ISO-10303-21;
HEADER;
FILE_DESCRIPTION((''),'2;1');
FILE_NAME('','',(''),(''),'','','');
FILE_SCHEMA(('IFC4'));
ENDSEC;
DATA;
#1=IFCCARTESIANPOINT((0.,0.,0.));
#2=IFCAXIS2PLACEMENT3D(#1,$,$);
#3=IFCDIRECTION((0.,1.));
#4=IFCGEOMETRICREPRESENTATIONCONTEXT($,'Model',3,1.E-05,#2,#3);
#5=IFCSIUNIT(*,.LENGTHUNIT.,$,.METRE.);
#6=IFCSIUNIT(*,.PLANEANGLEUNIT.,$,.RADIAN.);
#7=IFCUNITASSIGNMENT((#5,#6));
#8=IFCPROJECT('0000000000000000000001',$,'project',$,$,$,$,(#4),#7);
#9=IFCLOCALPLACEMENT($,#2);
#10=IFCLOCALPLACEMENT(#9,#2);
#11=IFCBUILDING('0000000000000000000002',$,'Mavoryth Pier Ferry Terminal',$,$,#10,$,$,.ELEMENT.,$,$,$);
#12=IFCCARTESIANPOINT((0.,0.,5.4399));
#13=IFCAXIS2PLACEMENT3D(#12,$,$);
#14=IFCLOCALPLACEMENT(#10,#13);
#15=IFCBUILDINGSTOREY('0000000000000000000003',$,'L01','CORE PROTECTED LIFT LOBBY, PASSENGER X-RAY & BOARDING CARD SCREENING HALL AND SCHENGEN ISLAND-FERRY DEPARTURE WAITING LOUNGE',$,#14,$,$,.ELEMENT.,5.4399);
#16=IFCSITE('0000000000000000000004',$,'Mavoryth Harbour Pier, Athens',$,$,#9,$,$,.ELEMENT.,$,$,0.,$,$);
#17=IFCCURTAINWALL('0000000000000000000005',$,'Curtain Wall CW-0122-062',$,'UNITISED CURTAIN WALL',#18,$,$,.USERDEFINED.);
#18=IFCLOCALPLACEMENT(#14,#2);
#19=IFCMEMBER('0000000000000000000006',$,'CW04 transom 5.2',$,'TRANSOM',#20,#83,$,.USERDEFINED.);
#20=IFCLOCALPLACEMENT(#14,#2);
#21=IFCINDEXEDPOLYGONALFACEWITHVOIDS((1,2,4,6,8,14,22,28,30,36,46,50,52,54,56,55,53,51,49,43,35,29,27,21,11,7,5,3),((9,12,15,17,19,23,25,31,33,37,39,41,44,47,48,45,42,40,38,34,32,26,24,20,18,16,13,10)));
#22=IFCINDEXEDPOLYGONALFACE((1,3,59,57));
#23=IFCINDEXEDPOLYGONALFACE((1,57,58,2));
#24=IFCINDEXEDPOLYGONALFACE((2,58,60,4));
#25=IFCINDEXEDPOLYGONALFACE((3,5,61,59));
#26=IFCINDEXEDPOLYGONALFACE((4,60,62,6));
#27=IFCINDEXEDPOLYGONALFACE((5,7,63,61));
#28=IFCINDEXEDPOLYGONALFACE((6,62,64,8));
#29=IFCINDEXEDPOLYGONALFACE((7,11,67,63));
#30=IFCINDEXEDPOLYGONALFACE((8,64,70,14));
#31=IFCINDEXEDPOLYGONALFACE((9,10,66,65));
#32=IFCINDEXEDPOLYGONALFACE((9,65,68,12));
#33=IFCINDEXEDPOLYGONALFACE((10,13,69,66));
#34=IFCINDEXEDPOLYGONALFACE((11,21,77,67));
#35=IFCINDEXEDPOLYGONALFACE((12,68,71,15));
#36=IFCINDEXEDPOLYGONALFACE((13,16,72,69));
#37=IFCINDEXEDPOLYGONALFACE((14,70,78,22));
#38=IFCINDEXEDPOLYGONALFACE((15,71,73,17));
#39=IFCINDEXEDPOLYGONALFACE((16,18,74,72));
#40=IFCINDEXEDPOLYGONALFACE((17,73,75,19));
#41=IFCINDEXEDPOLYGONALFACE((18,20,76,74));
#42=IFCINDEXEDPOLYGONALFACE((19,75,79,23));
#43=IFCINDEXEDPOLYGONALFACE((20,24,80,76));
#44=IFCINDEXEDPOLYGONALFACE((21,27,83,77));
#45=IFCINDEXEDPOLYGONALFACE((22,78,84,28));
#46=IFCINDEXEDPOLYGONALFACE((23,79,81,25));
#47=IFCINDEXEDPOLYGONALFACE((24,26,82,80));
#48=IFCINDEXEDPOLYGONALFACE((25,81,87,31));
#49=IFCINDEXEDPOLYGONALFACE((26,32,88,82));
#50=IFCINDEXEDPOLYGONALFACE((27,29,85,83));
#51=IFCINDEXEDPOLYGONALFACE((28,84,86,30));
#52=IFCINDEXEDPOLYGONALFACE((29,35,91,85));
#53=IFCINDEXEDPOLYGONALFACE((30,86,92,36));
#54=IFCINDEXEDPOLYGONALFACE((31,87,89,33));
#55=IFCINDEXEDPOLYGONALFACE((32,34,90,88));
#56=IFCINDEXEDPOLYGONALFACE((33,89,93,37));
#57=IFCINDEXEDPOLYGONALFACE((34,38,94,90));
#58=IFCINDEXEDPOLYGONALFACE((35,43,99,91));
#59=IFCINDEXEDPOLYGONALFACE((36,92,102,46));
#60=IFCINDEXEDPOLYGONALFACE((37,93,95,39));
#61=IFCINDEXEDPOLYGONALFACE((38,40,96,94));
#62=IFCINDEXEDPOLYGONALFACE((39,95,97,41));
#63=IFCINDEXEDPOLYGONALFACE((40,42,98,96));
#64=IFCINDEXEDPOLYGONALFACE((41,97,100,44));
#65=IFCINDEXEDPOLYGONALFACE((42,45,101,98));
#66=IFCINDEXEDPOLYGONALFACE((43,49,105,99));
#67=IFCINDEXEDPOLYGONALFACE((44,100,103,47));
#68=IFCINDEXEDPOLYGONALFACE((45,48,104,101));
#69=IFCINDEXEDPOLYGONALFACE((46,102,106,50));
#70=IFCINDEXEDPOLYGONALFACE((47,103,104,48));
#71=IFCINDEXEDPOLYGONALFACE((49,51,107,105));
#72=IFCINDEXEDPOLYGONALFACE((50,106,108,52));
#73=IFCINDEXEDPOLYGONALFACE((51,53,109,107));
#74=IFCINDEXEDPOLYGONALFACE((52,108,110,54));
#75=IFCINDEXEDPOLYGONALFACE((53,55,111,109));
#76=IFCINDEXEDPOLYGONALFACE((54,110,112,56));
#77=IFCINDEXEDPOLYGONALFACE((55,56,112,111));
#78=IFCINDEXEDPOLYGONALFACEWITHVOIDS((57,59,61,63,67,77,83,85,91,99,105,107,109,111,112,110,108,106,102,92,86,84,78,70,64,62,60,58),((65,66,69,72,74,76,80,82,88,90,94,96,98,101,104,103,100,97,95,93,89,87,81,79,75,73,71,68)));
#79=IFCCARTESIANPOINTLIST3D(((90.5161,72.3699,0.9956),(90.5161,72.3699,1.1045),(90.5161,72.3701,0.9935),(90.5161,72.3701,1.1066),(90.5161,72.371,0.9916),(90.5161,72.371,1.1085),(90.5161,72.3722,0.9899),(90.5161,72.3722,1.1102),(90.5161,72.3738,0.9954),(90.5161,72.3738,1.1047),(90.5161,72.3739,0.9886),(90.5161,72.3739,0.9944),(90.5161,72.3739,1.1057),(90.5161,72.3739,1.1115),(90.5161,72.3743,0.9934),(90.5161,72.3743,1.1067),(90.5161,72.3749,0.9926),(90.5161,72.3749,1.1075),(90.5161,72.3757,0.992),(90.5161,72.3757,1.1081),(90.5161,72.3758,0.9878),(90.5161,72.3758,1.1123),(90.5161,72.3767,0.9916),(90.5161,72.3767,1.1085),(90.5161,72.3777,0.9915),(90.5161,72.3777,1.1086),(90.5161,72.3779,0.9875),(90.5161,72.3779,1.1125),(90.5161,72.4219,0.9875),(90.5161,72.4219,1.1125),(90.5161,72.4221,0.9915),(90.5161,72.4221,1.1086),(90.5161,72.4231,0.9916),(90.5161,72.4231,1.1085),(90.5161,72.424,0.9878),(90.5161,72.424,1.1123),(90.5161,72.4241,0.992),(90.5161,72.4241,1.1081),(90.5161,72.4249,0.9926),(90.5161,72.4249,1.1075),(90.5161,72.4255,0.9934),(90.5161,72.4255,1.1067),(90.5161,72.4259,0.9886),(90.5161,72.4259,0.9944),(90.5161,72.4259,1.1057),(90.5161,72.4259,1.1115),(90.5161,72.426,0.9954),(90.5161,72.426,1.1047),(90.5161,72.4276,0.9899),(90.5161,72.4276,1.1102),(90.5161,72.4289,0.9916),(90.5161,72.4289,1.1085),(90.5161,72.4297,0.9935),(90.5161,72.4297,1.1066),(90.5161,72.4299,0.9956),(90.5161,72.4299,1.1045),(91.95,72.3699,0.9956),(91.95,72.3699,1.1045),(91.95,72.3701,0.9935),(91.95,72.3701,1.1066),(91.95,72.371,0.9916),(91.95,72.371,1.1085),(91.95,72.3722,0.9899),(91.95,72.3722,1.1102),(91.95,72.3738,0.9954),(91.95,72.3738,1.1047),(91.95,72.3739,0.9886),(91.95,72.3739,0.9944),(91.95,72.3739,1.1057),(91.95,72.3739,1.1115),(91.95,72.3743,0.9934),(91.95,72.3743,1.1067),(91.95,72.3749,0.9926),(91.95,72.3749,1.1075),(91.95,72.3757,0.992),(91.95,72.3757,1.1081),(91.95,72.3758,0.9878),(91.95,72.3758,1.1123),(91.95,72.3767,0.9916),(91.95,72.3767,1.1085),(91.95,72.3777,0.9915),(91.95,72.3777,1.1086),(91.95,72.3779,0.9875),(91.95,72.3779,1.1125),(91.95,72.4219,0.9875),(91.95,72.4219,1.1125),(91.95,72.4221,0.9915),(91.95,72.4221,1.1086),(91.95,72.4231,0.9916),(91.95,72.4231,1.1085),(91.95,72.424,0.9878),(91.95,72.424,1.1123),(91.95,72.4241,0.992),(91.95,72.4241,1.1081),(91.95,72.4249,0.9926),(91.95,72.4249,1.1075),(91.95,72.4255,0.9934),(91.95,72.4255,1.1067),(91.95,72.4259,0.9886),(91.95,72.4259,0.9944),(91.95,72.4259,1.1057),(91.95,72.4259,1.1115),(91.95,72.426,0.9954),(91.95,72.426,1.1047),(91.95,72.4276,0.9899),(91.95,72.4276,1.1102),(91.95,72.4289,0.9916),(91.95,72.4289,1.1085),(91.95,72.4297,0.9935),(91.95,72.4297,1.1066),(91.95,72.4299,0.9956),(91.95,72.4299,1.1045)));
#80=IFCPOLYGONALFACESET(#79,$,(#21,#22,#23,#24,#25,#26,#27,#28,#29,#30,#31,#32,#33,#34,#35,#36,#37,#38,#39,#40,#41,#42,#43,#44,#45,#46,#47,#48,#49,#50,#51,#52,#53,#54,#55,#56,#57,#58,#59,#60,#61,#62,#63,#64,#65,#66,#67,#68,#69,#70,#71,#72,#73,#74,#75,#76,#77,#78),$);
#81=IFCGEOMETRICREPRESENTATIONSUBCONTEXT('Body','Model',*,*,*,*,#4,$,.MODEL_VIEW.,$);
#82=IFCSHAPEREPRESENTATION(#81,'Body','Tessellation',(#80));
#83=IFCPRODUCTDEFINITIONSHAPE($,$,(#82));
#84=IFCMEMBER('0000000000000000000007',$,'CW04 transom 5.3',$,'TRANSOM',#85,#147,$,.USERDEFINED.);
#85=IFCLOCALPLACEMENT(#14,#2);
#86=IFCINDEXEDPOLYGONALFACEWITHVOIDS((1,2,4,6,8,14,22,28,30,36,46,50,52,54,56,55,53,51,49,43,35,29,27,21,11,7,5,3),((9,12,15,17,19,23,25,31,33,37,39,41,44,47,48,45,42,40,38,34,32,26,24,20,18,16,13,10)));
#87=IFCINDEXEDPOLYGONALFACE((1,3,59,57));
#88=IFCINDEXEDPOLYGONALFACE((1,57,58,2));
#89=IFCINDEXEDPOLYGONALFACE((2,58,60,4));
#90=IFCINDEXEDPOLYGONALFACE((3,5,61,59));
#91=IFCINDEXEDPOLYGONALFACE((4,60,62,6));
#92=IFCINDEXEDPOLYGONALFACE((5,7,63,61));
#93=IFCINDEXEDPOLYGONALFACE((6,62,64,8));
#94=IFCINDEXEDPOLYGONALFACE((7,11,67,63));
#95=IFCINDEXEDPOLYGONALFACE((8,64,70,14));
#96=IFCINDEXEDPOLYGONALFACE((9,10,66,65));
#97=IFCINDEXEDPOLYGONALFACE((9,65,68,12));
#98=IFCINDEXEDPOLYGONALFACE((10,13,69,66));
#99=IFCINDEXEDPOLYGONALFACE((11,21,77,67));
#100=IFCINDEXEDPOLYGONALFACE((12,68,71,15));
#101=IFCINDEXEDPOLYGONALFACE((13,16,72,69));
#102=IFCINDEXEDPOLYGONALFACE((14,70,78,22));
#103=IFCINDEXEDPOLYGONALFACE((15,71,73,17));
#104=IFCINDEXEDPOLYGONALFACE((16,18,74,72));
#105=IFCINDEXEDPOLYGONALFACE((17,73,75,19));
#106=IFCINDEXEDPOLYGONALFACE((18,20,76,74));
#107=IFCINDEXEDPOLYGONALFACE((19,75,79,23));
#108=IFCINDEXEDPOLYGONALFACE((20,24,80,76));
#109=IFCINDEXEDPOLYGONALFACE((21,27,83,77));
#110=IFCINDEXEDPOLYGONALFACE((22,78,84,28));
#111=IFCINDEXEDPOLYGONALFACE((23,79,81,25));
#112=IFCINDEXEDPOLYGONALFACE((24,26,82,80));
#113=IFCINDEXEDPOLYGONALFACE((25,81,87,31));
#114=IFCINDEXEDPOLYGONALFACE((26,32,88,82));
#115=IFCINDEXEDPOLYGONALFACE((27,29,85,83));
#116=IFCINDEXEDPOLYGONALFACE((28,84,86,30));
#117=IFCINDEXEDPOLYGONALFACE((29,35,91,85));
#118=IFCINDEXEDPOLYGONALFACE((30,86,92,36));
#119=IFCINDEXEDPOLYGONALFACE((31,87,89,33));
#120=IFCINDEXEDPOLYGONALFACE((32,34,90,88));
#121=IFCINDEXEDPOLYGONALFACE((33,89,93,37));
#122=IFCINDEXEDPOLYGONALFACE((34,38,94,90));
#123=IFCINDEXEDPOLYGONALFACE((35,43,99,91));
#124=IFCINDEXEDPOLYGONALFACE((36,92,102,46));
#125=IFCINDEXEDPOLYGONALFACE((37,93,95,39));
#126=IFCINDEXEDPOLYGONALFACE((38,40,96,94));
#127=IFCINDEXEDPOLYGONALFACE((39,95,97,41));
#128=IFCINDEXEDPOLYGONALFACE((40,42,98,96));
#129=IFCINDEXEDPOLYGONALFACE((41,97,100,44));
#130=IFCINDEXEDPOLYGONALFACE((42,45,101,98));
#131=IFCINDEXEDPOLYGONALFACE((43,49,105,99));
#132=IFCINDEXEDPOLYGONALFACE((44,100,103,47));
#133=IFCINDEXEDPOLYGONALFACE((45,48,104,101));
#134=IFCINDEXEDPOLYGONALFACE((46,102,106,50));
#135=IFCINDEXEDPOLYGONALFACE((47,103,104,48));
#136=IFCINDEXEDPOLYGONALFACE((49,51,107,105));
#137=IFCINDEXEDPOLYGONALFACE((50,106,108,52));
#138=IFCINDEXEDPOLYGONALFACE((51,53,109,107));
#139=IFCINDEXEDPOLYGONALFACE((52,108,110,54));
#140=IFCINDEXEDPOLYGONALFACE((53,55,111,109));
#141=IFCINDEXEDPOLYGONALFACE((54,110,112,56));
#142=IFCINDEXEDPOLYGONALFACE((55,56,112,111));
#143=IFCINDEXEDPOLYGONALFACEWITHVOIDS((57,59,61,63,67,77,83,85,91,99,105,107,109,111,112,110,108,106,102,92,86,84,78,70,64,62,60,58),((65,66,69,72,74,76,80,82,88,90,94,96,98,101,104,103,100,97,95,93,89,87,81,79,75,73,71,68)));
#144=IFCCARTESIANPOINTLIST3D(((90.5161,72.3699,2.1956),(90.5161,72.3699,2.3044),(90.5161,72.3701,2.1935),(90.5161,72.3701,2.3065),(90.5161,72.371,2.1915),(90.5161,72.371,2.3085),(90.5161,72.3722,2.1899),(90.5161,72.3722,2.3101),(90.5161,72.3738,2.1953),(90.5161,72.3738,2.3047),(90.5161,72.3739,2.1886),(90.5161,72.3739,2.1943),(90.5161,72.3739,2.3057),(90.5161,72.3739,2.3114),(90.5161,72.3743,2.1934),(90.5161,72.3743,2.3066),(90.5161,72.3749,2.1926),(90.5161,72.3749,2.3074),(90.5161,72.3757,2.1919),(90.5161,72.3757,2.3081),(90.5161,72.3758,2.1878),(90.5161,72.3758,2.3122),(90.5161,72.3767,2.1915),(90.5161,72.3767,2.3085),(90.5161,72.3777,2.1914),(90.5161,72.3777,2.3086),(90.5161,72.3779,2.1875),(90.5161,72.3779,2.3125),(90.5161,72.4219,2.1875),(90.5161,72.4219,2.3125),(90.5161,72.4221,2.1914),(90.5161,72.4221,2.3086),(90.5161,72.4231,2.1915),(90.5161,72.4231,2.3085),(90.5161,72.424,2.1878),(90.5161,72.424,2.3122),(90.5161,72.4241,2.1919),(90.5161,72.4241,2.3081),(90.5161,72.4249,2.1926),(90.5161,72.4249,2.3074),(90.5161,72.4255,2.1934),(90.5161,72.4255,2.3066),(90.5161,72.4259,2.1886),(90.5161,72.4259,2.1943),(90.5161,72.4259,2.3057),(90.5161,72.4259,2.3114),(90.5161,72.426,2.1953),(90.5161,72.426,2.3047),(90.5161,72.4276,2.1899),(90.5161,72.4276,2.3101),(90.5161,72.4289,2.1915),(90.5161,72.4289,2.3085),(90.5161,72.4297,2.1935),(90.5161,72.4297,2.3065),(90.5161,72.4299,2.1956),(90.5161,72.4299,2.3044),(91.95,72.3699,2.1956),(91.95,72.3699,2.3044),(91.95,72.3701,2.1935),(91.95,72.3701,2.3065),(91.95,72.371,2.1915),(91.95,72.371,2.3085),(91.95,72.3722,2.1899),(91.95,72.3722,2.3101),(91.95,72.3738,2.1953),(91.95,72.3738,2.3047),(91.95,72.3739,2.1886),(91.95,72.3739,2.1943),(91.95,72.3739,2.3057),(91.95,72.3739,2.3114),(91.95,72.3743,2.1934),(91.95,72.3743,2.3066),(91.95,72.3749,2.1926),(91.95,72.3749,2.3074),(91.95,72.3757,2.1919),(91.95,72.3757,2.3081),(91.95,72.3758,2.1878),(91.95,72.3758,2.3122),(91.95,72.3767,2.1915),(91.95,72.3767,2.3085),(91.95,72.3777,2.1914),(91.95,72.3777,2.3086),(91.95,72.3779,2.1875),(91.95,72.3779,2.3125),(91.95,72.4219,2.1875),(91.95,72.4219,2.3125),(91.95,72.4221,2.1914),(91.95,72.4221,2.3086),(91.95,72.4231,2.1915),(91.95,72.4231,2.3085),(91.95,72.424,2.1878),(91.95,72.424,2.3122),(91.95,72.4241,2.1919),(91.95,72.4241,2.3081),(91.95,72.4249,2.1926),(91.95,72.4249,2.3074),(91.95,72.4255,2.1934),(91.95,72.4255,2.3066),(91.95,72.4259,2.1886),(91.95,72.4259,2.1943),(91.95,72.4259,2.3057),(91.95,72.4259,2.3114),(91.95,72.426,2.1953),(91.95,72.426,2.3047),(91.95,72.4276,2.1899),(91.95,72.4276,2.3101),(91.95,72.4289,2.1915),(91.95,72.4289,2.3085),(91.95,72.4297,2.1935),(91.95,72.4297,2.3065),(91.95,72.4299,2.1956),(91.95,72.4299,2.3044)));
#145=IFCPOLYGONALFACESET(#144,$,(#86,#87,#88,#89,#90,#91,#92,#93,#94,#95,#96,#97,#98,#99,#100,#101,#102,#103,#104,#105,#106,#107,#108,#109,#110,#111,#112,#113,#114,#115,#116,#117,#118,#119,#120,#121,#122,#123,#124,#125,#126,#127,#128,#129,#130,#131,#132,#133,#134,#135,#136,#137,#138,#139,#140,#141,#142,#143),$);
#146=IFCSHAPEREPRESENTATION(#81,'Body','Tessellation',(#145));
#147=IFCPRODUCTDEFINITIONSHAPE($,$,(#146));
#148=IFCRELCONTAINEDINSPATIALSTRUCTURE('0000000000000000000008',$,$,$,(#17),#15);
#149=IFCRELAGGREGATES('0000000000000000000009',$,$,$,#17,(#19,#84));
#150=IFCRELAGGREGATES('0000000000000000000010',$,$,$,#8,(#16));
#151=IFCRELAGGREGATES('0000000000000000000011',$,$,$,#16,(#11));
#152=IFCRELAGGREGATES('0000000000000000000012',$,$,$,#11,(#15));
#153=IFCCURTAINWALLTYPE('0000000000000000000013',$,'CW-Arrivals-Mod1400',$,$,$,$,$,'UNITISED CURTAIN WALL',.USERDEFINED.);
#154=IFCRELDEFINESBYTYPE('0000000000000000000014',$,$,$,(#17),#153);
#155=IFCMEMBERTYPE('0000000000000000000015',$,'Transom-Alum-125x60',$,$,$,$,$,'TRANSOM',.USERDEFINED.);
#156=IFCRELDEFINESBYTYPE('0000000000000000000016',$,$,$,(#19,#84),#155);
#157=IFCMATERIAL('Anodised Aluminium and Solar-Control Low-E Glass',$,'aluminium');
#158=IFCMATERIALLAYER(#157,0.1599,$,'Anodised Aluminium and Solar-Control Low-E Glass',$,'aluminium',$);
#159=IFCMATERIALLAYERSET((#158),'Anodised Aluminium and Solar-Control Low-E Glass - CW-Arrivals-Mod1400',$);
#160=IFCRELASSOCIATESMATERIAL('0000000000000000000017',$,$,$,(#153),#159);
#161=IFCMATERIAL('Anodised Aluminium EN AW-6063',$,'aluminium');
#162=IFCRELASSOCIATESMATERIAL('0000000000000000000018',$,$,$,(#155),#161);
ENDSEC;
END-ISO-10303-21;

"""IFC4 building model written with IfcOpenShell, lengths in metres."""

from ifc_helpers import new_model, si_unit, direction, frame, origin, origin_2d, place, context, subcontext, project, spatial, hollow_rectangle, extrude, material, layer, layer_set, material_profile, profile_set, type_object, element, aggregate, save


model = new_model("IFC4")

# Units and contexts
model_context = context("Model", 3, precision=1e-05, world=origin(), true_north=direction((0.0, 1.0)))
body_context = subcontext(model_context, "Body", "Model", "MODEL_VIEW")
ifc_project = project(units=[si_unit("LENGTHUNIT", "METRE"), si_unit("PLANEANGLEUNIT", "RADIAN")], contexts=[model_context])

# Site, building, storey
site_placement = place(None, origin())
site = spatial("IfcSite", under=ifc_project, at=site_placement, Name="Mavoryth Harbour Pier, Athens", CompositionType="ELEMENT", RefElevation=0.0)
building_placement = place(site_placement, origin())
building = spatial("IfcBuilding", under=site, at=building_placement, Name="Mavoryth Pier Ferry Terminal", CompositionType="ELEMENT")
storey_placement = place(building_placement, frame((0.0, 0.0, 5.4399)))
storey = spatial("IfcBuildingStorey", under=building, at=storey_placement, Name="L01", Description="CORE PROTECTED LIFT LOBBY, PASSENGER X-RAY & BOARDING CARD SCREENING HALL AND SCHENGEN ISLAND-FERRY DEPARTURE WAITING LOUNGE", CompositionType="ELEMENT", Elevation=5.4399)

# Curtain wall
ifc_material_1 = material(Name="Anodised Aluminium and Solar-Control Low-E Glass", Category="aluminium")
ifc_layer_1 = layer(ifc_material_1, 0.1599, Name="Anodised Aluminium and Solar-Control Low-E Glass", Category="aluminium")
ifc_layer_set_1 = layer_set([ifc_layer_1], Name="Anodised Aluminium and Solar-Control Low-E Glass - CW-Arrivals-Mod1400")
curtain_wall_type = type_object("IfcCurtainWallType", Name="CW-Arrivals-Mod1400", ElementType="UNITISED CURTAIN WALL", PredefinedType="USERDEFINED", material=ifc_layer_set_1)
curtain_wall_1_placement = place(storey_placement, origin())
curtain_wall_1 = element("IfcCurtainWall", 1, at=curtain_wall_1_placement, inside=storey, type_object=curtain_wall_type, Name="Curtain Wall CW-0122-062", ObjectType="UNITISED CURTAIN WALL", PredefinedType="USERDEFINED")
ifc_material_2 = material(Name="Anodised Aluminium EN AW-6063", Category="aluminium")

# Members
ifc_material_profile_1 = material_profile(ifc_material_2, hollow_rectangle(XDim=0.0601, YDim=0.125, WallThickness=0.0039, InnerFilletRadius=0.0039, OuterFilletRadius=0.0081, at=origin_2d()), Name="AL-TRAN 125x60x4", Category="aluminium")
ifc_profile_set_1 = profile_set([ifc_material_profile_1], Name="Anodised Aluminium EN AW-6063 - AL-TRAN 125x60x4")
member_type_1 = type_object("IfcMemberType", Name="Transom-Alum-125x60", ElementType="TRANSOM", PredefinedType="USERDEFINED", material=ifc_profile_set_1)
member_1_placement = place(storey_placement, frame((90.5161, 72.3999, 1.05), z_axis=(1.0, 0.0, 0.0), x_axis=(0.0, 1.0, 0.0)))
member_1 = element("IfcMember", 2, at=member_1_placement, type_object=member_type_1, Name="CW04 transom 5.2", ObjectType="TRANSOM", PredefinedType="USERDEFINED", context=body_context, shape_type="SweptSolid", body=[
    extrude(hollow_rectangle(XDim=0.0601, YDim=0.125, WallThickness=0.0039, InnerFilletRadius=0.0039, OuterFilletRadius=0.0081, at=origin_2d()), origin(), (0.0, 0.0, 1.0), 1.4338),
])
member_2_placement = place(storey_placement, frame((90.5161, 72.3999, 2.25), z_axis=(1.0, 0.0, 0.0), x_axis=(0.0, 1.0, 0.0)))
member_2 = element("IfcMember", 3, at=member_2_placement, type_object=member_type_1, Name="CW04 transom 5.3", ObjectType="TRANSOM", PredefinedType="USERDEFINED", context=body_context, shape_type="SweptSolid", body=[
    extrude(hollow_rectangle(XDim=0.0601, YDim=0.125, WallThickness=0.0039, InnerFilletRadius=0.0039, OuterFilletRadius=0.0081, at=origin_2d()), origin(), (0.0, 0.0, 1.0), 1.4338),
])

aggregate(curtain_wall_1, [member_1, member_2])

save(model, "model.ifc")
